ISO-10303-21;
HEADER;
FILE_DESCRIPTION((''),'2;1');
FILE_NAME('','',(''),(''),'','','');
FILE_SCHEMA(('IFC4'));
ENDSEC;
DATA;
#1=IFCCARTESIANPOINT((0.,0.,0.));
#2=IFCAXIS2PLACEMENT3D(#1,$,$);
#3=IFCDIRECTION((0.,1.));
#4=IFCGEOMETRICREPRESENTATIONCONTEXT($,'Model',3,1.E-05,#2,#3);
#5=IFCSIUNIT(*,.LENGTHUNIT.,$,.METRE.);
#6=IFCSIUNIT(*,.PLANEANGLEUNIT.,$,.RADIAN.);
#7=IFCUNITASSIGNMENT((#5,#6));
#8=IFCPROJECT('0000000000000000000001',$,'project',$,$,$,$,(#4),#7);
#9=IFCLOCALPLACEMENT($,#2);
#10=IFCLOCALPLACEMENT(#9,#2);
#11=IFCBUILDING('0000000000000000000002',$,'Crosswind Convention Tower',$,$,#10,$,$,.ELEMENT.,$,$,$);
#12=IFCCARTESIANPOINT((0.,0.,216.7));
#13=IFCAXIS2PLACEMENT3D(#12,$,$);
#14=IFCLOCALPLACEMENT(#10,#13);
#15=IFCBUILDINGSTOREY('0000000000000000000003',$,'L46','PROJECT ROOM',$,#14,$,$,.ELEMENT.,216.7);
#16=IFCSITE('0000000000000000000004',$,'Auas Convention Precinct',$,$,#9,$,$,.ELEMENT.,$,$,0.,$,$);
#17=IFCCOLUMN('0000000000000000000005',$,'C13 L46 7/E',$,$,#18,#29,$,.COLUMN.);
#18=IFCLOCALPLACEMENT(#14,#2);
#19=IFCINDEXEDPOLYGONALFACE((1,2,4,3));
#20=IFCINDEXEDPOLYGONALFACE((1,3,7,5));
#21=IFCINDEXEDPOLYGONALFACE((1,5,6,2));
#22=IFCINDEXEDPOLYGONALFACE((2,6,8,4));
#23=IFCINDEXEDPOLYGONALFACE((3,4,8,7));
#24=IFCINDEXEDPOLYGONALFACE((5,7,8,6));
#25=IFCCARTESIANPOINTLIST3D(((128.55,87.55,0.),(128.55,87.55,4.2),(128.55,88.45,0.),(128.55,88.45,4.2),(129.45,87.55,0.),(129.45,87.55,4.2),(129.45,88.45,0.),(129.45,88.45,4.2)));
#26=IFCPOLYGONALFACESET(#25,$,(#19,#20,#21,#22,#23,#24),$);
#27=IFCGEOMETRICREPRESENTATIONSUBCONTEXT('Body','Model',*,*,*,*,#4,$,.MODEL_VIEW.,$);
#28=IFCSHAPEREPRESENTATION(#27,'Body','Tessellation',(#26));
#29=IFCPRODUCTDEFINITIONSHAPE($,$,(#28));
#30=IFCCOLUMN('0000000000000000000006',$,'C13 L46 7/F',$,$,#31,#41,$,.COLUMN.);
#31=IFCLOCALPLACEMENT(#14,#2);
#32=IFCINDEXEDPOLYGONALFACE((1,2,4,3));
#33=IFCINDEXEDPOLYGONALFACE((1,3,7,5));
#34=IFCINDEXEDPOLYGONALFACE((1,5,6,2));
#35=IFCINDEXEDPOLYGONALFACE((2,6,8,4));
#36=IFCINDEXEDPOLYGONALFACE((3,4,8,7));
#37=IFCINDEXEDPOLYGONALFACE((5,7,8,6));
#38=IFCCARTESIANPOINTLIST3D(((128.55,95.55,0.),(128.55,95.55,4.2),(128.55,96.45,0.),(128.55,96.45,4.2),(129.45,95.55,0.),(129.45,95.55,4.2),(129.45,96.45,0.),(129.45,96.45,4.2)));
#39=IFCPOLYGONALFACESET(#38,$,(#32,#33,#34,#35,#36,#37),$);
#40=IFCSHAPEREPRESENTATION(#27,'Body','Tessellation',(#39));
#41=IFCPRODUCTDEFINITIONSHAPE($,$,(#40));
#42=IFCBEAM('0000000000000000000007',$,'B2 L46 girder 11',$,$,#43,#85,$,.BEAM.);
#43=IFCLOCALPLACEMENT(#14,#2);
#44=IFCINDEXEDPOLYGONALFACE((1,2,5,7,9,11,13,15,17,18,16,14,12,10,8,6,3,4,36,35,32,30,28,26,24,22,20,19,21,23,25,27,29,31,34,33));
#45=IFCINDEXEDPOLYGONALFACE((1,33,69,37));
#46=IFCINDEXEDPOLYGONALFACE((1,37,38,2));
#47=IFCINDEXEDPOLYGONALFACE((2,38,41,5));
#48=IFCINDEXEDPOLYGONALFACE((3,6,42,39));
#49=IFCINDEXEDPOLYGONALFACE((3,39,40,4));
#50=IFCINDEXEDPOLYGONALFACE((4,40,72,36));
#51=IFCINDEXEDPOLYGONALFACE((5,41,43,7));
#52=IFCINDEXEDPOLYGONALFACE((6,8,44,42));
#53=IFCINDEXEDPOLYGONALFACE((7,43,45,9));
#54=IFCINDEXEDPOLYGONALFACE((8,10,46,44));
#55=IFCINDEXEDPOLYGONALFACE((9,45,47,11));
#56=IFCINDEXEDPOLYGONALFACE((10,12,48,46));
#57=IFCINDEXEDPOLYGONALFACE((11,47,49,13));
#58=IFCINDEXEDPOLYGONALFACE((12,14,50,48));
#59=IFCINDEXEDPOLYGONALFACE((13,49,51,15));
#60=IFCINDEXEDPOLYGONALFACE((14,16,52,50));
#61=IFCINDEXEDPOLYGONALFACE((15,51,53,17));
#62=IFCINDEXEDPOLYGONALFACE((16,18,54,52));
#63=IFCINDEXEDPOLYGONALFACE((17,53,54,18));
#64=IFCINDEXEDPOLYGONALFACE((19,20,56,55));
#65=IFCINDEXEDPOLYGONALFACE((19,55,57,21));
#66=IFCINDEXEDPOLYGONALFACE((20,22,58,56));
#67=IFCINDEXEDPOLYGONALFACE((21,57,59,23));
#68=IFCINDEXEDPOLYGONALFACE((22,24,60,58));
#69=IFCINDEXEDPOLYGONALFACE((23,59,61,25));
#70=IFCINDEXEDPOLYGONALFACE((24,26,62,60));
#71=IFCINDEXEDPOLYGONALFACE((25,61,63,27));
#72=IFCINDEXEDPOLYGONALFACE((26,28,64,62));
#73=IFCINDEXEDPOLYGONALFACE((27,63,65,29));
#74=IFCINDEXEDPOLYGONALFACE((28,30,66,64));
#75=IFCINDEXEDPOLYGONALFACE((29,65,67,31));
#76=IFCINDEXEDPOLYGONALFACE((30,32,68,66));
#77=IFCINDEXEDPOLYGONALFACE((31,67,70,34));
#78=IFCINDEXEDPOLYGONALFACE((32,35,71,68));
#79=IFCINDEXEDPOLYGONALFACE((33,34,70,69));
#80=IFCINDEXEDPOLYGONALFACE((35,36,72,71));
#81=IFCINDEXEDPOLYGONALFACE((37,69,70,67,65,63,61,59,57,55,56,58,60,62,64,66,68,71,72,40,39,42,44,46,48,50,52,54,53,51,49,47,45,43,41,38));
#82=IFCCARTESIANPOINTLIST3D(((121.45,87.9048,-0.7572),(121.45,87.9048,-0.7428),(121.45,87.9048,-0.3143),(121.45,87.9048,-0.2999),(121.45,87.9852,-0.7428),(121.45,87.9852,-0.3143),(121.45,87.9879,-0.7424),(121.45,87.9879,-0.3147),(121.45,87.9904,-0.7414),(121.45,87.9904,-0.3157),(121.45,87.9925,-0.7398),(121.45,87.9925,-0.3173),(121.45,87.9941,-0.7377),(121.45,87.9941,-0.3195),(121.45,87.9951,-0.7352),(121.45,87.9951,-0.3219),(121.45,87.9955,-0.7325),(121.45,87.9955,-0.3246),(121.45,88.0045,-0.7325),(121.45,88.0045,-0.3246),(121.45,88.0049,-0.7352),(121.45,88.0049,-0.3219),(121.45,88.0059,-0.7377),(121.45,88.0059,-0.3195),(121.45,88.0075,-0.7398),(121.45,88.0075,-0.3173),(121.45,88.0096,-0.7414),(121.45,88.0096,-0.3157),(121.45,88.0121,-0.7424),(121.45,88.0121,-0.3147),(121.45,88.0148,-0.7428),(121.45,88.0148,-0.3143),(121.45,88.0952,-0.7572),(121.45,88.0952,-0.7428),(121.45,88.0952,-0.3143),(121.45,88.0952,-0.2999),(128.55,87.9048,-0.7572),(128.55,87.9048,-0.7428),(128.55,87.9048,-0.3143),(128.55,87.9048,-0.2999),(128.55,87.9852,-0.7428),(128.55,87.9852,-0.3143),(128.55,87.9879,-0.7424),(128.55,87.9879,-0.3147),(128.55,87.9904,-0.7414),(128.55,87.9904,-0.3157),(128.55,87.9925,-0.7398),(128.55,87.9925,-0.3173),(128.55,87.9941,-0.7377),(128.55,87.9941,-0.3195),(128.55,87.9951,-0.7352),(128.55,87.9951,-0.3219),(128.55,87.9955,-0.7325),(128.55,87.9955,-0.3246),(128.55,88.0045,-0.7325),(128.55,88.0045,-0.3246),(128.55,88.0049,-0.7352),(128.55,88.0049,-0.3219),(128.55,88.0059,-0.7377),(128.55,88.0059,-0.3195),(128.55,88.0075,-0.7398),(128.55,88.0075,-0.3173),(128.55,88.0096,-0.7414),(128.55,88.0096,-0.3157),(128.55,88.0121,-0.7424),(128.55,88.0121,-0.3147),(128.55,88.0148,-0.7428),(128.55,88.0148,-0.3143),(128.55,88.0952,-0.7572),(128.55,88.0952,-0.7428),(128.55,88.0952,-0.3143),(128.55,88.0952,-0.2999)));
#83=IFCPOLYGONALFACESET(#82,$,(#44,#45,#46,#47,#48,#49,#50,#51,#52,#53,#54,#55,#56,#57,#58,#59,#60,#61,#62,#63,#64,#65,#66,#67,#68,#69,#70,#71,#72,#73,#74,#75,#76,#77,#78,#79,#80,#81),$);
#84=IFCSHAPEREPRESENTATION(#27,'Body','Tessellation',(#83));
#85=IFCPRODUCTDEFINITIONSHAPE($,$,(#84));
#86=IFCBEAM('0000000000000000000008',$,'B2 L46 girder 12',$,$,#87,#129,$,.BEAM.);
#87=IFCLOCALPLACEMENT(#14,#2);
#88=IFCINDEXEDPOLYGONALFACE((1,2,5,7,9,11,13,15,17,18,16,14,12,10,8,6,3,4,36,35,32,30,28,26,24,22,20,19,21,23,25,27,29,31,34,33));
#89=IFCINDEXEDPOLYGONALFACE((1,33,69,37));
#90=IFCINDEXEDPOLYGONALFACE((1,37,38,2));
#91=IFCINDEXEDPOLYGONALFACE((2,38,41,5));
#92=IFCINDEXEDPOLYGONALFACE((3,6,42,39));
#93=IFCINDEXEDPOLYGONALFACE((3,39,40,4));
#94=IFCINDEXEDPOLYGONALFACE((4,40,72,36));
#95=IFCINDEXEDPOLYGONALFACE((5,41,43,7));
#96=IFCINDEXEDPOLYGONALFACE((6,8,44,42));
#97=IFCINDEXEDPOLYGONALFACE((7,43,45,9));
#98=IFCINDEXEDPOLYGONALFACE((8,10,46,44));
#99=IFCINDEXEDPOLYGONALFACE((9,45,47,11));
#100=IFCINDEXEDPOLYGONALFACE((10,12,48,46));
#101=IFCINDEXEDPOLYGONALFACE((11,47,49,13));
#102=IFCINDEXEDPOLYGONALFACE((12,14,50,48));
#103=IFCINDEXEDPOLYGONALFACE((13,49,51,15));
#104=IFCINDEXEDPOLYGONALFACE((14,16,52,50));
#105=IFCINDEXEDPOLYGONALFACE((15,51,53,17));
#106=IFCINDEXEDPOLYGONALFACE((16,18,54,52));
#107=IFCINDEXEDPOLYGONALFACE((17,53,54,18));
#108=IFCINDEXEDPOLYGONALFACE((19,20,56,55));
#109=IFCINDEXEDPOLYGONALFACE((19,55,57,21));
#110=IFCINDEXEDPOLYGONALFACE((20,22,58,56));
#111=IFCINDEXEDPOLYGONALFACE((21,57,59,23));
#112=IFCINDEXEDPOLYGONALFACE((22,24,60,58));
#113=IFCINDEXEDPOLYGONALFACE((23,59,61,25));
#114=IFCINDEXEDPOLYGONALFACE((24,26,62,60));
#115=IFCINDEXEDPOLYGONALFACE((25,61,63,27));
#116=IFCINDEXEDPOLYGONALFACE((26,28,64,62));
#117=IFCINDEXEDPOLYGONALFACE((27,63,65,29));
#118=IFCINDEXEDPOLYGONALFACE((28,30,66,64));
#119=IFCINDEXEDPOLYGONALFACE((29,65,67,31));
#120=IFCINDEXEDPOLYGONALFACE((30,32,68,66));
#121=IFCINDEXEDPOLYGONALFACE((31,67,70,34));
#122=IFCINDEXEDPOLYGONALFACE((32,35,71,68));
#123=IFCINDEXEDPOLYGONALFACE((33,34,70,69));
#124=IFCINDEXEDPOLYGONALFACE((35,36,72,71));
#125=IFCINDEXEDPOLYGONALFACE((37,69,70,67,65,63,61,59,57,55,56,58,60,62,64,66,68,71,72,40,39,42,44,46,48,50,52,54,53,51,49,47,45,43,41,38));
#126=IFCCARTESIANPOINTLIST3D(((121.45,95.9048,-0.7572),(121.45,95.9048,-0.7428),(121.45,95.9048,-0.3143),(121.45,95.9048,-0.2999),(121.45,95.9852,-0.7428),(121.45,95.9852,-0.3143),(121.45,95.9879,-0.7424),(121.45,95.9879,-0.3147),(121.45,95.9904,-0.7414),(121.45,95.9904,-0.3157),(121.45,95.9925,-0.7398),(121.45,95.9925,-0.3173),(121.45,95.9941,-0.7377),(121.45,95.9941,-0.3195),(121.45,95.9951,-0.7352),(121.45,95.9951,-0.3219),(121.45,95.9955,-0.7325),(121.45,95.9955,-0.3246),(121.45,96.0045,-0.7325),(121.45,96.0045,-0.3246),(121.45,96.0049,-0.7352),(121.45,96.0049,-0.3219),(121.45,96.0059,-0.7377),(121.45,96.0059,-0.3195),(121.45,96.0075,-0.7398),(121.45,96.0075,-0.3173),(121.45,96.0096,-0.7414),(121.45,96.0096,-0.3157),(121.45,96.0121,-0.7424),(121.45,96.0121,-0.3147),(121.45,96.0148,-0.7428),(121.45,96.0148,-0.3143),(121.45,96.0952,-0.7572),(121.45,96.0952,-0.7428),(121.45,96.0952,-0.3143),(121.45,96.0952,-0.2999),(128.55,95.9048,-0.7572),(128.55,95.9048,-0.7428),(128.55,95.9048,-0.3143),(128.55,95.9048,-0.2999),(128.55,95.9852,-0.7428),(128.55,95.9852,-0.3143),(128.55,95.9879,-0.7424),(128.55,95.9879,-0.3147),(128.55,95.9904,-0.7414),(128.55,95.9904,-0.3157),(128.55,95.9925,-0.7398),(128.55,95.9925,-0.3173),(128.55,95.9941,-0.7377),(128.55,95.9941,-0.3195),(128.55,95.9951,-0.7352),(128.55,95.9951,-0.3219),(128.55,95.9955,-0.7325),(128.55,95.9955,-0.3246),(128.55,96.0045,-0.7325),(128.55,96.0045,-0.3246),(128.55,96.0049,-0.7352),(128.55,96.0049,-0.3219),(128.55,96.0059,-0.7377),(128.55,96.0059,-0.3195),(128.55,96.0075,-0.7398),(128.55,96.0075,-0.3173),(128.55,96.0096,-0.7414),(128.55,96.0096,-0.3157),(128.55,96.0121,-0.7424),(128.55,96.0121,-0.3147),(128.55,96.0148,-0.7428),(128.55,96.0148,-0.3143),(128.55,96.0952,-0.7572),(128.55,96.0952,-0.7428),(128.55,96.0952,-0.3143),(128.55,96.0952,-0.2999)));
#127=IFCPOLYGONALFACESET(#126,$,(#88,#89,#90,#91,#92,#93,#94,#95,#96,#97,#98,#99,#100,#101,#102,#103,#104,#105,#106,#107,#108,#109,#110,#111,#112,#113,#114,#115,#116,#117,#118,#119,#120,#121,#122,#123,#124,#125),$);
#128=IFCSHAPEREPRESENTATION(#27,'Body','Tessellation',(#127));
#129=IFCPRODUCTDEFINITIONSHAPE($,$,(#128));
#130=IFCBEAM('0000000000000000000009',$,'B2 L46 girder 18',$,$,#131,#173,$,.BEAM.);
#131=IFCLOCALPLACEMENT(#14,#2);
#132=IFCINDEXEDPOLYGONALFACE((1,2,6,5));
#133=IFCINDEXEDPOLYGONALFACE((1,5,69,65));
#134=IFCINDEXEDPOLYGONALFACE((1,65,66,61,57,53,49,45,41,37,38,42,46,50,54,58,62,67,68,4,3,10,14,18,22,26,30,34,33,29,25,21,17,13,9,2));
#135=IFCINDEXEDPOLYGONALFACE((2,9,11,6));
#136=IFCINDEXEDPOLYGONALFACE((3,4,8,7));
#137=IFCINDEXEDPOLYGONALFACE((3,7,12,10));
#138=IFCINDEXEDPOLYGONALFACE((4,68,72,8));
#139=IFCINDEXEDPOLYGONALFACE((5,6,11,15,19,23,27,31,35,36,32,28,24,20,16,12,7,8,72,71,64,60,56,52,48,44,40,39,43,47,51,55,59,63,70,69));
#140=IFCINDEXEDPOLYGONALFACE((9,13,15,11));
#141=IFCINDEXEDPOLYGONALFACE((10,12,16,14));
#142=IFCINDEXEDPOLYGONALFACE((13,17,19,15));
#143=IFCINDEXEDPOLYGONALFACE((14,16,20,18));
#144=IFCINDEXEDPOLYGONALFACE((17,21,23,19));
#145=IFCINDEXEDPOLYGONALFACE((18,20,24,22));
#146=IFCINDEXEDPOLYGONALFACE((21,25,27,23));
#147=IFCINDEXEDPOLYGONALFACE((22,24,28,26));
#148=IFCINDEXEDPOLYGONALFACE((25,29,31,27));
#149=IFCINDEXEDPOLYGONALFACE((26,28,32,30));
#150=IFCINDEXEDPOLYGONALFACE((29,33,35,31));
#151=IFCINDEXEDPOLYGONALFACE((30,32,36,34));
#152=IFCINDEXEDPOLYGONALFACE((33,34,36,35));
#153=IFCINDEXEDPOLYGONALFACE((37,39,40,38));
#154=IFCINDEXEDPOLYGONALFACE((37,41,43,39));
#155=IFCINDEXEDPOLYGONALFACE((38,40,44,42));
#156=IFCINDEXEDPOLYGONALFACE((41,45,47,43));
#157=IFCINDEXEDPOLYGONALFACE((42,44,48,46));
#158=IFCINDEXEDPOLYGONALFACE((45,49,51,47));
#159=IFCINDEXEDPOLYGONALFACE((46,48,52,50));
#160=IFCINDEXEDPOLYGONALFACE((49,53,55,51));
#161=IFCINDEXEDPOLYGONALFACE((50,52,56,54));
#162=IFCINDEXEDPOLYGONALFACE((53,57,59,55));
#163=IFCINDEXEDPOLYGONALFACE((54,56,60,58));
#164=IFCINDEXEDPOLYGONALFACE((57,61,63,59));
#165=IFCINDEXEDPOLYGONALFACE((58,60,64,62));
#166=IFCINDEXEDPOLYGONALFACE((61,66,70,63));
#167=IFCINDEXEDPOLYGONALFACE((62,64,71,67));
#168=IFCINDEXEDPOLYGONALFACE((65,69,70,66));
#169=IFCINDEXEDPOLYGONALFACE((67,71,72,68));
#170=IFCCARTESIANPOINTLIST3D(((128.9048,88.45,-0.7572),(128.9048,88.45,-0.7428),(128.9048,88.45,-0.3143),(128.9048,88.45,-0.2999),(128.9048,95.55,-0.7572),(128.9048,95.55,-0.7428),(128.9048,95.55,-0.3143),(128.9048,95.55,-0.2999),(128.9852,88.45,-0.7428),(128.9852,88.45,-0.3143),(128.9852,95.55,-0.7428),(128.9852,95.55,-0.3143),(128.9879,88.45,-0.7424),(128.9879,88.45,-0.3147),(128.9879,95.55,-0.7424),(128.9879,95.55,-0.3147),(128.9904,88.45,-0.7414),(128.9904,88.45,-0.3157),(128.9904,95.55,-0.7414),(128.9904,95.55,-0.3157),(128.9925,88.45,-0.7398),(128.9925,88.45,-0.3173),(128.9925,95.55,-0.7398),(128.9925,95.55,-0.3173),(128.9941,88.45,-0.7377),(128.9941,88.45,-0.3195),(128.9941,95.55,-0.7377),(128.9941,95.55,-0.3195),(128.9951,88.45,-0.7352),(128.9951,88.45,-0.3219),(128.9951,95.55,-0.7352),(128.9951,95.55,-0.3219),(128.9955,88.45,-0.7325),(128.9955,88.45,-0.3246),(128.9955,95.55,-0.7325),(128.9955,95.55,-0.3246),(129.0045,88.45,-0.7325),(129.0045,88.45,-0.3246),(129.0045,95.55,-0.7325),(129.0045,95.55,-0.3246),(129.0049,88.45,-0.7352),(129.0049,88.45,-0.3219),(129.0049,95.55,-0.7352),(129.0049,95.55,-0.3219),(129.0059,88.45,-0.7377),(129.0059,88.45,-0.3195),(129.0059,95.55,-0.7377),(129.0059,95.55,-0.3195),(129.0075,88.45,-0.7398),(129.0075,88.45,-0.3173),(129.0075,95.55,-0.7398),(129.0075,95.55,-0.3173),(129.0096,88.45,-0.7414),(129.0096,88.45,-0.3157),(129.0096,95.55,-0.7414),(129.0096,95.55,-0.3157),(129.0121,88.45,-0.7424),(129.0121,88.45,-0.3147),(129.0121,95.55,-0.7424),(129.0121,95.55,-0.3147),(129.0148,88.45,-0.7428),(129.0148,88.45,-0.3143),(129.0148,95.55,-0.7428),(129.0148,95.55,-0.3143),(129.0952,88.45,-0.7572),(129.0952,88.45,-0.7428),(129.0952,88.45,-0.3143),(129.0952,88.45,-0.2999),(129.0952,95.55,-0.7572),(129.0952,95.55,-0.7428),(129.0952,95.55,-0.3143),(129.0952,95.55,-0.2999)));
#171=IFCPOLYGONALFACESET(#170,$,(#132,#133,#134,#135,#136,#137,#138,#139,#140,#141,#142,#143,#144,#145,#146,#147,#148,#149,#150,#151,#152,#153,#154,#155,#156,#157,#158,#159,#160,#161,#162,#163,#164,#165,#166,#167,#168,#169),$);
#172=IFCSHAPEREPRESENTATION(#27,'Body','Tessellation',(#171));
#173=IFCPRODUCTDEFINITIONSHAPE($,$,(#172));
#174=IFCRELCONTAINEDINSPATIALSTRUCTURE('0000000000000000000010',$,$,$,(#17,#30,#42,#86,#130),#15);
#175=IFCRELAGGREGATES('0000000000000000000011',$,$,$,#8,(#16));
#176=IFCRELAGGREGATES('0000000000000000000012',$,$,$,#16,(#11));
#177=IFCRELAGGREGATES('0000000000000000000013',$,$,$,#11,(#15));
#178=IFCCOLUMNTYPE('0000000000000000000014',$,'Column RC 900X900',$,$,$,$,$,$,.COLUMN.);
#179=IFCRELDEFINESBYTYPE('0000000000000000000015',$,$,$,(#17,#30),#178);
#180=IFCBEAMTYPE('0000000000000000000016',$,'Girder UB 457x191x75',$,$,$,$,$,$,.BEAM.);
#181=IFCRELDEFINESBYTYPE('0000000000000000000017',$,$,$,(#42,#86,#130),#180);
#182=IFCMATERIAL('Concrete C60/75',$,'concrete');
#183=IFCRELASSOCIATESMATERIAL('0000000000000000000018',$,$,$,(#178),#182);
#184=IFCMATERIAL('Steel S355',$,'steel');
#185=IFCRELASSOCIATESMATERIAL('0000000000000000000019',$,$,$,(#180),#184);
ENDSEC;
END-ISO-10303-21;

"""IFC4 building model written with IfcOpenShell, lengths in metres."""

from ifc_helpers import new_model, si_unit, direction, frame, origin, origin_2d, place, context, subcontext, project, spatial, rectangle, i_section, extrude, material, material_profile, profile_set, type_object, element, save


model = new_model("IFC4")

# Units and contexts
model_context = context("Model", 3, precision=1e-05, world=origin(), true_north=direction((0.0, 1.0)))
body_context = subcontext(model_context, "Body", "Model", "MODEL_VIEW")
ifc_project = project(units=[si_unit("LENGTHUNIT", "METRE"), si_unit("PLANEANGLEUNIT", "RADIAN")], contexts=[model_context])

# Site, building, storey
site_placement = place(None, origin())
site = spatial("IfcSite", under=ifc_project, at=site_placement, Name="Auas Convention Precinct", CompositionType="ELEMENT", RefElevation=0.0)
building_placement = place(site_placement, origin())
building = spatial("IfcBuilding", under=site, at=building_placement, Name="Crosswind Convention Tower", CompositionType="ELEMENT")
storey_placement = place(building_placement, frame((0.0, 0.0, 216.7)))
storey = spatial("IfcBuildingStorey", under=building, at=storey_placement, Name="L46", Description="PROJECT ROOM", CompositionType="ELEMENT", Elevation=216.7)

# Columns
ifc_material_1 = material(Name="Concrete C60/75", Category="concrete")
ifc_material_profile_1 = material_profile(ifc_material_1, rectangle(XDim=0.8999, YDim=0.8999, at=origin_2d()), Name="RC 900X900")
ifc_profile_set_1 = profile_set([ifc_material_profile_1], Name="Concrete C60/75")
column_type = type_object("IfcColumnType", Name="Column RC 900X900", PredefinedType="COLUMN", material=ifc_profile_set_1)
for number, where, z_axis, x_axis, name in (
    (1, (129.0, 88.0, 0.0), (0.0, 0.0, 1.0), (1.0, 0.0, 0.0), "C13 L46 7/E"),
    (2, (129.0, 96.0, 0.0), (0.0, 0.0, 1.0), (1.0, 0.0, 0.0), "C13 L46 7/F"),
):
    element("IfcColumn", number, at=place(storey_placement, frame(where, z_axis=z_axis, x_axis=x_axis)), inside=storey, type_object=column_type, Name=name, PredefinedType="COLUMN", context=body_context, shape_type="SweptSolid", body=[
        extrude(rectangle(XDim=0.8999, YDim=0.8999, at=origin_2d()), origin(), (0.0, 0.0, 1.0), 4.2),
    ])

# Beams
ifc_material_2 = material(Name="Steel S355", Category="steel")
ifc_material_profile_2 = material_profile(ifc_material_2, i_section(OverallWidth=0.1904, OverallDepth=0.4573, WebThickness=0.009, FlangeThickness=0.0144, FilletRadius=0.0103, at=origin_2d()), Name="UB 457x191x75")
ifc_profile_set_2 = profile_set([ifc_material_profile_2], Name="Steel S355")
beam_type_1 = type_object("IfcBeamType", Name="Girder UB 457x191x75", PredefinedType="BEAM", material=ifc_profile_set_2)
for number, where, z_axis, x_axis, name in (
    (3, (121.45, 88.0, -0.5286), (1.0, 0.0, 0.0), (0.0, 1.0, 0.0), "B2 L46 girder 11"),
    (4, (121.45, 96.0, -0.5286), (1.0, 0.0, 0.0), (0.0, 1.0, 0.0), "B2 L46 girder 12"),
    (5, (129.0, 88.45, -0.5286), (0.0, 1.0, 0.0), (-1.0, 0.0, 0.0), "B2 L46 girder 18"),
):
    element("IfcBeam", number, at=place(storey_placement, frame(where, z_axis=z_axis, x_axis=x_axis)), inside=storey, type_object=beam_type_1, Name=name, PredefinedType="BEAM", context=body_context, shape_type="SweptSolid", body=[
        extrude(i_section(OverallWidth=0.1904, OverallDepth=0.4573, WebThickness=0.009, FlangeThickness=0.0144, FilletRadius=0.0103, at=origin_2d()), origin(), (0.0, 0.0, 1.0), 7.1001),
    ])

save(model, "model.ifc")
